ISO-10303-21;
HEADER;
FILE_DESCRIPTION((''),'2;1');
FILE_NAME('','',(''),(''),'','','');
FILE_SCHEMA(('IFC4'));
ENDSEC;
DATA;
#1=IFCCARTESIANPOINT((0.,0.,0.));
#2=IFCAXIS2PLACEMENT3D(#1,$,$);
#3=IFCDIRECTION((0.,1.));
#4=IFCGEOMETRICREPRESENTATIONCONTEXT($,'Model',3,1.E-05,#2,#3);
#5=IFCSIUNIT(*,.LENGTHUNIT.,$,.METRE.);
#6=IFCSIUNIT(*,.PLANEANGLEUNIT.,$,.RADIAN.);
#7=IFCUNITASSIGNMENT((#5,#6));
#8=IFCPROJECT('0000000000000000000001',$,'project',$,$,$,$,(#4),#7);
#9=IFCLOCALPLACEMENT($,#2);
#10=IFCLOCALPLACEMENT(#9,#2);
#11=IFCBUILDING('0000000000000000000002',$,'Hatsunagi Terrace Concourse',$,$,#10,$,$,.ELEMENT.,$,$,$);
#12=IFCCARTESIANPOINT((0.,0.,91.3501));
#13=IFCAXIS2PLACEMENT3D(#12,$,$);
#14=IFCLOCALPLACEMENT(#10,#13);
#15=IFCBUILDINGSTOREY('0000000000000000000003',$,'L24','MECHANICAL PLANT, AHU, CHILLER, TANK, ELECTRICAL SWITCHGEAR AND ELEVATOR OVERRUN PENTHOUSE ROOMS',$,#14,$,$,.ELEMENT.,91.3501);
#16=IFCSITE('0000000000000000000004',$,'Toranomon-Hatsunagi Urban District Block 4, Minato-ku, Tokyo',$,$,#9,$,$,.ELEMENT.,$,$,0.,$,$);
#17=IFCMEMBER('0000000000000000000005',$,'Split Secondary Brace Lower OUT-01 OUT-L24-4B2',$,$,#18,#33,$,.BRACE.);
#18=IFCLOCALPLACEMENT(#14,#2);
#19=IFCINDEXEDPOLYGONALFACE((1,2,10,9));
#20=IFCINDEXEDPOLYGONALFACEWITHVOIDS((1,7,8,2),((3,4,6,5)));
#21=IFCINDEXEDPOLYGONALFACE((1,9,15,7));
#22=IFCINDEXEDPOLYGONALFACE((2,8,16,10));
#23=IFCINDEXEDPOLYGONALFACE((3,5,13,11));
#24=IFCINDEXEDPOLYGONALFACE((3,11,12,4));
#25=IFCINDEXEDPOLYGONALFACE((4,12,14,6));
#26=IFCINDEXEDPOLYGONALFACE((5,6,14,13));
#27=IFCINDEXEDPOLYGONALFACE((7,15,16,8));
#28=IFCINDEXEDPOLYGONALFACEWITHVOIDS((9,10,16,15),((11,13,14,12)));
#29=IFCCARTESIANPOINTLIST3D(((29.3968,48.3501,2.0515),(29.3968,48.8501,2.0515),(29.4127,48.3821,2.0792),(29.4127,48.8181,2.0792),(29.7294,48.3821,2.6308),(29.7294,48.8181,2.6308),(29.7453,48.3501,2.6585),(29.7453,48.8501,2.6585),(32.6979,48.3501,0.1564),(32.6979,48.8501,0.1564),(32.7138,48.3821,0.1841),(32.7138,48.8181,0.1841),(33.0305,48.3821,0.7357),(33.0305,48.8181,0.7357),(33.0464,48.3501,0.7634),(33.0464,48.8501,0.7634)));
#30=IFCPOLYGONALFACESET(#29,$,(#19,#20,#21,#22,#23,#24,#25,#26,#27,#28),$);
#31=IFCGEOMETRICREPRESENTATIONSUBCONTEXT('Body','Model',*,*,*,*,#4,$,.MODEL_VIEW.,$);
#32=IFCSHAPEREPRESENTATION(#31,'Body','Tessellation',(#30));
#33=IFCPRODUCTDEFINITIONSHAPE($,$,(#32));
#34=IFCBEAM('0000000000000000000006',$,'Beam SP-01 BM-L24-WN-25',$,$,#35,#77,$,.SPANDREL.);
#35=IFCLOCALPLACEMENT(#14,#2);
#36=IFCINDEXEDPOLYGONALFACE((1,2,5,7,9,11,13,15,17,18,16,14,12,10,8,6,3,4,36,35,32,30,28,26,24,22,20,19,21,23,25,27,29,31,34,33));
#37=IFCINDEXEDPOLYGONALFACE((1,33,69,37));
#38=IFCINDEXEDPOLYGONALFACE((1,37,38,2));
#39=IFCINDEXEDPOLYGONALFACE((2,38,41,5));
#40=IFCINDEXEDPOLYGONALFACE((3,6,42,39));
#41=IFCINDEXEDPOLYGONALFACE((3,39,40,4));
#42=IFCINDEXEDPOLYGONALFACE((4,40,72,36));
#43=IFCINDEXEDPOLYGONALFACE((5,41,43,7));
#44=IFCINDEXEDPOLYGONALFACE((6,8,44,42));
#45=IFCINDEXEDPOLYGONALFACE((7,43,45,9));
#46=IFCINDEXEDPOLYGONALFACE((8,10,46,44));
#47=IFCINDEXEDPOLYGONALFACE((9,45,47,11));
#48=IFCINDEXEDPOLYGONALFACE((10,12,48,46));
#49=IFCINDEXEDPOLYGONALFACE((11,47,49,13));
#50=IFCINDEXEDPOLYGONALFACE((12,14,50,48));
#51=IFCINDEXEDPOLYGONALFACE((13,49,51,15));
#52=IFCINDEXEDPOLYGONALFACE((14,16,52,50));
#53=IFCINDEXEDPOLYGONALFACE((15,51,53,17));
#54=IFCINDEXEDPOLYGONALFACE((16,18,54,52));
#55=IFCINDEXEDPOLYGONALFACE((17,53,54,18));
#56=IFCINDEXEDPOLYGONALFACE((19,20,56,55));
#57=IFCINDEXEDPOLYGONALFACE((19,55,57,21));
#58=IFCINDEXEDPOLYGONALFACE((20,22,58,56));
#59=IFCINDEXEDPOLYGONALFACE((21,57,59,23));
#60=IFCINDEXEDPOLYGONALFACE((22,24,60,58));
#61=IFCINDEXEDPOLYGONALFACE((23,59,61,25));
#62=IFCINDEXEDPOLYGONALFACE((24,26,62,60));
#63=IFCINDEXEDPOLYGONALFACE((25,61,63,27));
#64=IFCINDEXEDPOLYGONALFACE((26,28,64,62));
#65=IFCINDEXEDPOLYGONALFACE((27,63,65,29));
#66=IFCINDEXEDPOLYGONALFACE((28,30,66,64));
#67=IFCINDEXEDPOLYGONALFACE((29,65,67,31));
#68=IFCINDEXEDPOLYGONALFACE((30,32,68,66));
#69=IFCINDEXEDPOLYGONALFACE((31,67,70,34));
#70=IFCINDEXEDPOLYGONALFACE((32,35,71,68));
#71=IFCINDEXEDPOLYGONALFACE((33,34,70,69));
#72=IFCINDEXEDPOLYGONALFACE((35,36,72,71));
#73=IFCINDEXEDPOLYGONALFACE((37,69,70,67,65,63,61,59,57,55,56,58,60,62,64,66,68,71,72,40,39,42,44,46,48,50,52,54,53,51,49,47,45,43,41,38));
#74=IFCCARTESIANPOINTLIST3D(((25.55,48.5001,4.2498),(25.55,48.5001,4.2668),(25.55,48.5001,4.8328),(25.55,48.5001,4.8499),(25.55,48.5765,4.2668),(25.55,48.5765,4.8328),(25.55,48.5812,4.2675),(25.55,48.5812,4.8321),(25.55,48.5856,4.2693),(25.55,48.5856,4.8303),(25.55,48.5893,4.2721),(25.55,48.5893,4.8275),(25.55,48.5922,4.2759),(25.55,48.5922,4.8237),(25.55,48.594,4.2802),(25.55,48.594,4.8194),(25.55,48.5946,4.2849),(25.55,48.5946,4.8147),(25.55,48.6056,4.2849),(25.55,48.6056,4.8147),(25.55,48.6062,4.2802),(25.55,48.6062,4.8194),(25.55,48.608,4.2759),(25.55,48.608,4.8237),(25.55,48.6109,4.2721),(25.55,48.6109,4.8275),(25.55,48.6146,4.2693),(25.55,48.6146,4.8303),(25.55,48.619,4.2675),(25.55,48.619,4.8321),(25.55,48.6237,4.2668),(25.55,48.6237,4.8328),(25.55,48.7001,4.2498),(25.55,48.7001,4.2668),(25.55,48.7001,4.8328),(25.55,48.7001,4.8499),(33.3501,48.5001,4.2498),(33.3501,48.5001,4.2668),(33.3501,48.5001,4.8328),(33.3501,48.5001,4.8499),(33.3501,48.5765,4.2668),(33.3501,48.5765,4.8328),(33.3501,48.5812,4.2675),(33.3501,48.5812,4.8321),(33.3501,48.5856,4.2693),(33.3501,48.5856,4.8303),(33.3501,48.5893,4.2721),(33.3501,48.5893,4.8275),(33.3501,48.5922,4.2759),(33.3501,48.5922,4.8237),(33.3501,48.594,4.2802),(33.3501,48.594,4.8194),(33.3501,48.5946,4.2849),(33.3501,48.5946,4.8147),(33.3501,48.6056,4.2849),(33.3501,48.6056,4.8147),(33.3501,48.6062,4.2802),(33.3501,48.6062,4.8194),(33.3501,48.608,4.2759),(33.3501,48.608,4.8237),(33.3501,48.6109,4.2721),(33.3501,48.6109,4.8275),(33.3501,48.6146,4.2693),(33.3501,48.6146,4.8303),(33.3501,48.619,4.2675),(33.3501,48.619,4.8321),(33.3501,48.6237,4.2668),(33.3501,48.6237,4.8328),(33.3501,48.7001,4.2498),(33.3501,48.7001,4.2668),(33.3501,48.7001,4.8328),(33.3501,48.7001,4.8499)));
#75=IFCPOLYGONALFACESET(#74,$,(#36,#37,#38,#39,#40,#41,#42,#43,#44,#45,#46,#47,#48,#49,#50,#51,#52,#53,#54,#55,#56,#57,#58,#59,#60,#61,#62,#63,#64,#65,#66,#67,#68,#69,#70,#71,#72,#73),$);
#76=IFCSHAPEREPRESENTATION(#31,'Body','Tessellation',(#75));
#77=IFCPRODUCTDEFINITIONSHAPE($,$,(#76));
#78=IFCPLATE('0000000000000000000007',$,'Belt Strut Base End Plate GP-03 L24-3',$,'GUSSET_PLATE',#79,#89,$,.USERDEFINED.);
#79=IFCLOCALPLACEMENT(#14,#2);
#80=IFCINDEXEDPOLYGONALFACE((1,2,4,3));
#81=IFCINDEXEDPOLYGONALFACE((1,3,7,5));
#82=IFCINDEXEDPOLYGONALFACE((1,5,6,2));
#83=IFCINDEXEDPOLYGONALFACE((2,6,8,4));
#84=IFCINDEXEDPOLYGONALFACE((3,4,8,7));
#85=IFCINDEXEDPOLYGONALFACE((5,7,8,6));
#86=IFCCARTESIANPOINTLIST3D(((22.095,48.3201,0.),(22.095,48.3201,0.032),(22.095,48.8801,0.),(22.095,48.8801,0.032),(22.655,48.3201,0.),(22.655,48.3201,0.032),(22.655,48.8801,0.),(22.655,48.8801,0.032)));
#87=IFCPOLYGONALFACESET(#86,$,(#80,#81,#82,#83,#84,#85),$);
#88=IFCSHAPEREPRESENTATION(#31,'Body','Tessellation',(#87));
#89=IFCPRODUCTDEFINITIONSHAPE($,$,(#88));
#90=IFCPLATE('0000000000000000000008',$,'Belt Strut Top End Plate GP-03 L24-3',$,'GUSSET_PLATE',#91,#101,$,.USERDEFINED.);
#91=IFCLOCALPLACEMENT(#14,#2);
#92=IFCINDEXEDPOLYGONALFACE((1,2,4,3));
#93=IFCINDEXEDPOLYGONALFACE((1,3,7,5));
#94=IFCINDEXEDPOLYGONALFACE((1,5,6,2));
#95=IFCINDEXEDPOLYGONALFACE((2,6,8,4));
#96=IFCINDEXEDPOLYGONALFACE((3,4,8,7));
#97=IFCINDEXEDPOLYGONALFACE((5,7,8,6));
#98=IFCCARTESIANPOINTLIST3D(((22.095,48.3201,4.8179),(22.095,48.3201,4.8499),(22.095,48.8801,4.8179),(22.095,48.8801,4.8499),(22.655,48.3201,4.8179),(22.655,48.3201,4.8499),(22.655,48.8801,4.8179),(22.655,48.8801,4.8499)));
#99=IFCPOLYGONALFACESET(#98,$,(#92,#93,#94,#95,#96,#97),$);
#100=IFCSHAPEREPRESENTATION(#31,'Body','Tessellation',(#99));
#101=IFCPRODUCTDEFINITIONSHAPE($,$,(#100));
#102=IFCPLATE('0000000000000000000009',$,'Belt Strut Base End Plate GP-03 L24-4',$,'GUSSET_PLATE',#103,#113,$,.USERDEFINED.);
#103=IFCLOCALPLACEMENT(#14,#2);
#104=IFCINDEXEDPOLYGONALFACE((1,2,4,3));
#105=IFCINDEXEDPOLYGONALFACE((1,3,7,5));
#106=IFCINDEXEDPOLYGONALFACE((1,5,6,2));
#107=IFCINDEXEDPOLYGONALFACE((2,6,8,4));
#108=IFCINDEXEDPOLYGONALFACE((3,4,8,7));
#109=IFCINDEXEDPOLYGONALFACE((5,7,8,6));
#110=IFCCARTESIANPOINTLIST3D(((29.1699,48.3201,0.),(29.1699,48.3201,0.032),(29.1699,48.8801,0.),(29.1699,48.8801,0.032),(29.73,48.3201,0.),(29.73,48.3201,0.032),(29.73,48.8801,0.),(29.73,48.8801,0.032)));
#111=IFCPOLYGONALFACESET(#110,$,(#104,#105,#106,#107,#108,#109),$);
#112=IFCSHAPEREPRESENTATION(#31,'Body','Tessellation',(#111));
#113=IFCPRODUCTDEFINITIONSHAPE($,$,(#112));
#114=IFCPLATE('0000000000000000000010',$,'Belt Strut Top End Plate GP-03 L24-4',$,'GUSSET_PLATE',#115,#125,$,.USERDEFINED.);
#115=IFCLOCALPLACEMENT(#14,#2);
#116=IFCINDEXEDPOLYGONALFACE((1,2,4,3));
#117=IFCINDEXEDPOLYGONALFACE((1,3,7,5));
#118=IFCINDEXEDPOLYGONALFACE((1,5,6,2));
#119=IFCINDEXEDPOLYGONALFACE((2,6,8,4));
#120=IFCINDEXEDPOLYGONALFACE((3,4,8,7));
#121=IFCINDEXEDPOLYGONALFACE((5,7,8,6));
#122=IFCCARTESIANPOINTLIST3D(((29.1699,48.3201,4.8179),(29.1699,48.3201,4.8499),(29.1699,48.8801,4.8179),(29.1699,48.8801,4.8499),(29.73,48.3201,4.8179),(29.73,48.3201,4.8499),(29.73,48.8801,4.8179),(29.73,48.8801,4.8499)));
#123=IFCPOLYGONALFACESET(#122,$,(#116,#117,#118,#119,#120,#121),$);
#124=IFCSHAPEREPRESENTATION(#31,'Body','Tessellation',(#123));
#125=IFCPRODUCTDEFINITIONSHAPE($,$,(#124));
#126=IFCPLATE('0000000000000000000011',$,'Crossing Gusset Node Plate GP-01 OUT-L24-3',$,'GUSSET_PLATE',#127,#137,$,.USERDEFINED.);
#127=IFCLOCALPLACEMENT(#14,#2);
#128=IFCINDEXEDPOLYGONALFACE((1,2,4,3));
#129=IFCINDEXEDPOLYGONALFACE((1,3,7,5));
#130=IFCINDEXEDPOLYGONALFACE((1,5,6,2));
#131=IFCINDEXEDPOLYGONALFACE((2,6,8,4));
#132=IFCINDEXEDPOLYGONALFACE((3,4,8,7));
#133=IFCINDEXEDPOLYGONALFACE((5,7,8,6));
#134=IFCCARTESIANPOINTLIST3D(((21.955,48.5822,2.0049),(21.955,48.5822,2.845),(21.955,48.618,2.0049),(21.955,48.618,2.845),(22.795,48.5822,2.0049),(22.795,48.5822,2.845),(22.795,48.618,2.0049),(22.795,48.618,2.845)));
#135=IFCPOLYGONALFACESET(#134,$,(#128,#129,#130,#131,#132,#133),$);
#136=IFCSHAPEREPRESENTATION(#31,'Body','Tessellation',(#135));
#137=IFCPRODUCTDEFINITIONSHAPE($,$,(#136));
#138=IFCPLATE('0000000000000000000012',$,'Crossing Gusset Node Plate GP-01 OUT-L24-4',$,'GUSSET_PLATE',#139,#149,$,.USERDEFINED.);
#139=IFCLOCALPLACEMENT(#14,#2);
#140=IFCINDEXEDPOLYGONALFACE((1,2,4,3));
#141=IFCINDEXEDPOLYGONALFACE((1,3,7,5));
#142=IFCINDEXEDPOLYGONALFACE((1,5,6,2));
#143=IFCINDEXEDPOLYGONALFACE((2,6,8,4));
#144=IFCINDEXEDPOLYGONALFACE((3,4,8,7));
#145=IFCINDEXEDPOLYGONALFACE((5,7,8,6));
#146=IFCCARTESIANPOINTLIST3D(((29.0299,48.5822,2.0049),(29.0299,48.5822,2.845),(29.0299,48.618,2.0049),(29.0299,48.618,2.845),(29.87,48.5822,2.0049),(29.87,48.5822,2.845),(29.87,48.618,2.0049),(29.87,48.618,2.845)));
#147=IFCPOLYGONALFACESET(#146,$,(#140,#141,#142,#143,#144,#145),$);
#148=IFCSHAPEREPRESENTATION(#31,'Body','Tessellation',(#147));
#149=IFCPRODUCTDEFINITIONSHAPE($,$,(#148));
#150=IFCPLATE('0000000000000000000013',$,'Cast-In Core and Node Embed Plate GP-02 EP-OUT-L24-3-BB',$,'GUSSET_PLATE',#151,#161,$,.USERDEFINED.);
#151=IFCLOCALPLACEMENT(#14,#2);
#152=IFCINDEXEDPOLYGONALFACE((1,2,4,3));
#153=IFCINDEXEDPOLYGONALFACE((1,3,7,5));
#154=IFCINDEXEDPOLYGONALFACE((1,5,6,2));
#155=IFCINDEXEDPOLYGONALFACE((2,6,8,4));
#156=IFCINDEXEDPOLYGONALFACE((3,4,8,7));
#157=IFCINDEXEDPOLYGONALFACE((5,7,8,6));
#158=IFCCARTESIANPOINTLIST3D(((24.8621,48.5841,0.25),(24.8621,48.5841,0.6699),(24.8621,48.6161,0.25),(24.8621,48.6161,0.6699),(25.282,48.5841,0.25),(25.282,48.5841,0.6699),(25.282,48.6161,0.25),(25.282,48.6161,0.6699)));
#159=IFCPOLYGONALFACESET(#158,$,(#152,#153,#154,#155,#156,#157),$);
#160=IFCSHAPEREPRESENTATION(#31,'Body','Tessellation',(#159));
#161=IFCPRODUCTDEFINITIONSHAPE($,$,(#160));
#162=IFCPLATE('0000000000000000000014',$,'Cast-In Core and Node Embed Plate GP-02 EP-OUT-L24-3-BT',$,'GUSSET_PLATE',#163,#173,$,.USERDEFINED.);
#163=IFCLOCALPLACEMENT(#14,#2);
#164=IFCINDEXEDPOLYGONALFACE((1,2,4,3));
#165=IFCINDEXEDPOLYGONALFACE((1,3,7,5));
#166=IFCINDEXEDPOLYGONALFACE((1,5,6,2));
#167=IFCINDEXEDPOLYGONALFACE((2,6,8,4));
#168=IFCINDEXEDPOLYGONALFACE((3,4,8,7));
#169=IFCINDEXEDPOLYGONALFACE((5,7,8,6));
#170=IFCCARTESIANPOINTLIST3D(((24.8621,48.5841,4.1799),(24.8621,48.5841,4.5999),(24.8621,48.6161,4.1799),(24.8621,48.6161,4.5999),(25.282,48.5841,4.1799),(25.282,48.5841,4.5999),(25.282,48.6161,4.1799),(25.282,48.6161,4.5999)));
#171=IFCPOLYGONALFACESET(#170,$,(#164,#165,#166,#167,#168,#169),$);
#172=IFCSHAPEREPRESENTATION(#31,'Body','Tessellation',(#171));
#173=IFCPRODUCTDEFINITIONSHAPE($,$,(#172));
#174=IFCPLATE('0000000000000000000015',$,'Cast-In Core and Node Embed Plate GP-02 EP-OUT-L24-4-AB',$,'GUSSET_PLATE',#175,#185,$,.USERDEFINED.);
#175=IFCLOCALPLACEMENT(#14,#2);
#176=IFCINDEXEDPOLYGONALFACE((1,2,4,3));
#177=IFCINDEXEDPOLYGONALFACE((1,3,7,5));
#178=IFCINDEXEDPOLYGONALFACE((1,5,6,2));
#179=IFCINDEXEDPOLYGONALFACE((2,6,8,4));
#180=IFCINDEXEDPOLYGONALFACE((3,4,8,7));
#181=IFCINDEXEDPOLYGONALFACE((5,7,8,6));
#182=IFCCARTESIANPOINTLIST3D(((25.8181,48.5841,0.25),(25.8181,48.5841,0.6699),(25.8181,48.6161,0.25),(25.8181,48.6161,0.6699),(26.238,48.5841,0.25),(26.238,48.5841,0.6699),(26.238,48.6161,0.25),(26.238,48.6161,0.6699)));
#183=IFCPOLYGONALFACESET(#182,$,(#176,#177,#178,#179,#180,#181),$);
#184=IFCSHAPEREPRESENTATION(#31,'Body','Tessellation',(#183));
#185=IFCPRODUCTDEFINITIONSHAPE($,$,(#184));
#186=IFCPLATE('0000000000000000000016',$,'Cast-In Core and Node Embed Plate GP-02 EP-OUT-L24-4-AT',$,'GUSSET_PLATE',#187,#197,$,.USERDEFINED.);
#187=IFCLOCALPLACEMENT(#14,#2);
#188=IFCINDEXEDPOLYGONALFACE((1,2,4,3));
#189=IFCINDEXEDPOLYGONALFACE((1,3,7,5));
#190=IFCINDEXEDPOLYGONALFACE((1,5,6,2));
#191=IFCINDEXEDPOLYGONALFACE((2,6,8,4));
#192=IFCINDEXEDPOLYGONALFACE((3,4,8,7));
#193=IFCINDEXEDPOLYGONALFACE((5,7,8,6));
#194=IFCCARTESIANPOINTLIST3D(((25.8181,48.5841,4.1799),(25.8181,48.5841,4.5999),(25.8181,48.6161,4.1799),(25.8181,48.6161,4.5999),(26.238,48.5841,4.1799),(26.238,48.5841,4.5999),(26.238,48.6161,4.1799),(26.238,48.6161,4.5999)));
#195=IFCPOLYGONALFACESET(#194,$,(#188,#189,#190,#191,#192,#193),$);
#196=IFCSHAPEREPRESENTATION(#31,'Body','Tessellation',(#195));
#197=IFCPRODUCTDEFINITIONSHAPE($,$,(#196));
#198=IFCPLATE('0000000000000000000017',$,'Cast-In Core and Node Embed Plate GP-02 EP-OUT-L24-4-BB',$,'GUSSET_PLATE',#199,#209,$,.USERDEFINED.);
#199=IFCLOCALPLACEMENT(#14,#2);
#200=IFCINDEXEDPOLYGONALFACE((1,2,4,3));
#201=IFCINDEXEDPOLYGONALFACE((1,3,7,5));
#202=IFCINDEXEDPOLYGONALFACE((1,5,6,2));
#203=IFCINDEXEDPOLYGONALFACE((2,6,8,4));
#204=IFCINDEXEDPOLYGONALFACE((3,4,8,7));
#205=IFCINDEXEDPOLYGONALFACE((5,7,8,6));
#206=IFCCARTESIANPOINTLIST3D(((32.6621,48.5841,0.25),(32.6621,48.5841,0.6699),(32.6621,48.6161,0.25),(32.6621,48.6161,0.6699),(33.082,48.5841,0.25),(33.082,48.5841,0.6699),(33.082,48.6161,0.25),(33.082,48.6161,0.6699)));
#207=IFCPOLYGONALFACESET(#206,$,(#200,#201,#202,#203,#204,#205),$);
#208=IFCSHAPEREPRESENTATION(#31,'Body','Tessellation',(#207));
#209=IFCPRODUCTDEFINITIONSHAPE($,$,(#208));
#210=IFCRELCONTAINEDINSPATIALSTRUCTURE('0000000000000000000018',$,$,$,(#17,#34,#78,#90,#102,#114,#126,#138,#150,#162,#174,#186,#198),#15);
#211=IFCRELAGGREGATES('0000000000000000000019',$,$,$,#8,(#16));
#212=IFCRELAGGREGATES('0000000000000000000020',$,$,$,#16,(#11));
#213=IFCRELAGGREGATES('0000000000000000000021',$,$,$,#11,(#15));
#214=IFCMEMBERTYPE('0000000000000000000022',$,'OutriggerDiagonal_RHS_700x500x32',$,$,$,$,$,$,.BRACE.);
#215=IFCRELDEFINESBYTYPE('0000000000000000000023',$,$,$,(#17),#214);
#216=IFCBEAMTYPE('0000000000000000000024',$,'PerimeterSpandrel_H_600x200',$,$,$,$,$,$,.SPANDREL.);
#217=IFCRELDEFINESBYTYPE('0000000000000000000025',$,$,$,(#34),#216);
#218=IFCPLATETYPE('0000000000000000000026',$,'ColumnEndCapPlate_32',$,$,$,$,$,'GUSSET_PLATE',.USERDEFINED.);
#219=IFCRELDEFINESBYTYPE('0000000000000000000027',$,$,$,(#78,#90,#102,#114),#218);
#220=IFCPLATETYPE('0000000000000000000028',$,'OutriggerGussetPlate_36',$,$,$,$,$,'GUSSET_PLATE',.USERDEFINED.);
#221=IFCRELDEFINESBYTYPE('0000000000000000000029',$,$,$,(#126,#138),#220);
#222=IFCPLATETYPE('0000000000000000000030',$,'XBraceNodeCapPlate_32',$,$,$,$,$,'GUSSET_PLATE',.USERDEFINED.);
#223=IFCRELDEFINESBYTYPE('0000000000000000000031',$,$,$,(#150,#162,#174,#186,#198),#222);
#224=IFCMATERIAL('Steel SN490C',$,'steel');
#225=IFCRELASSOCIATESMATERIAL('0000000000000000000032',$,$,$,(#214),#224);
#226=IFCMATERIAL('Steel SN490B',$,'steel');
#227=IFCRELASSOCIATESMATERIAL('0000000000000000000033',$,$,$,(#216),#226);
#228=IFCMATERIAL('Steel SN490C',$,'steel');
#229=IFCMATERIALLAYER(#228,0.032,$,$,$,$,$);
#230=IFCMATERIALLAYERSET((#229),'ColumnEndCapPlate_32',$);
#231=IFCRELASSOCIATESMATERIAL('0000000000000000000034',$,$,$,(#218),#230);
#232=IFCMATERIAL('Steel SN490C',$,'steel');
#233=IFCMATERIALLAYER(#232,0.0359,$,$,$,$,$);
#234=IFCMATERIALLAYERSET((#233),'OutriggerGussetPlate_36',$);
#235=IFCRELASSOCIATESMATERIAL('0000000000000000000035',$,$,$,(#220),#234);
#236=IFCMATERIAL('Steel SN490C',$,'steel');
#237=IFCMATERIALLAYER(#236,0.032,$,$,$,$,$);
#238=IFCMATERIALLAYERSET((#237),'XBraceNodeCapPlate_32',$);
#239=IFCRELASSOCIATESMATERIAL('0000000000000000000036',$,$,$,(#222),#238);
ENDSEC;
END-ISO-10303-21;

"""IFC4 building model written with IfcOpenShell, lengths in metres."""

from ifc_helpers import new_model, si_unit, direction, frame, origin, origin_2d, place, context, subcontext, project, spatial, rectangle, hollow_rectangle, i_section, extrude, material, layer, layer_set, material_profile, profile_set, type_object, element, save


model = new_model("IFC4")

# Units and contexts
model_context = context("Model", 3, precision=1e-05, world=origin(), true_north=direction((0.0, 1.0)))
body_context = subcontext(model_context, "Body", "Model", "MODEL_VIEW")
ifc_project = project(units=[si_unit("LENGTHUNIT", "METRE"), si_unit("PLANEANGLEUNIT", "RADIAN")], contexts=[model_context])

# Site, building, storey
site_placement = place(None, origin())
site = spatial("IfcSite", under=ifc_project, at=site_placement, Name="Toranomon-Hatsunagi Urban District Block 4, Minato-ku, Tokyo", CompositionType="ELEMENT", RefElevation=0.0)
building_placement = place(site_placement, origin())
building = spatial("IfcBuilding", under=site, at=building_placement, Name="Hatsunagi Terrace Concourse", CompositionType="ELEMENT")
storey_placement = place(building_placement, frame((0.0, 0.0, 91.3501)))
storey = spatial("IfcBuildingStorey", under=building, at=storey_placement, Name="L24", Description="MECHANICAL PLANT, AHU, CHILLER, TANK, ELECTRICAL SWITCHGEAR AND ELEVATOR OVERRUN PENTHOUSE ROOMS", CompositionType="ELEMENT", Elevation=91.3501)

# Member
ifc_material_1 = material(Name="Steel SN490C", Category="steel")
ifc_material_profile_1 = material_profile(ifc_material_1, hollow_rectangle(XDim=0.5, YDim=0.7, WallThickness=0.032, at=origin_2d()), Name="RHS-700x500x32")
ifc_profile_set_1 = profile_set([ifc_material_profile_1], Name="Steel SN490C")
member_type_1 = type_object("IfcMemberType", Name="OutriggerDiagonal_RHS_700x500x32", PredefinedType="BRACE", material=ifc_profile_set_1)
for number, where, z_axis, x_axis, name in (
    (1, (29.571, 48.6001, 2.355), (0.867255, 0.0, -0.497865), (0.0, 1.0, 0.0), "Split Secondary Brace Lower OUT-01 OUT-L24-4B2"),
):
    element("IfcMember", number, at=place(storey_placement, frame(where, z_axis=z_axis, x_axis=x_axis)), inside=storey, type_object=member_type_1, Name=name, PredefinedType="BRACE", context=body_context, shape_type="SweptSolid", body=[
        extrude(hollow_rectangle(XDim=0.5, YDim=0.7, WallThickness=0.032, at=origin_2d()), origin(), (0.0, 0.0, 1.0), 3.8064),
    ])

# Beam
ifc_material_2 = material(Name="Steel SN490B", Category="steel")
ifc_material_profile_2 = material_profile(ifc_material_2, i_section(OverallWidth=0.2, OverallDepth=0.6001, WebThickness=0.011, FlangeThickness=0.0171, FilletRadius=0.0181, at=origin_2d()), Name="H-600x200x11x17")
ifc_profile_set_2 = profile_set([ifc_material_profile_2], Name="Steel SN490B")
beam_type = type_object("IfcBeamType", Name="PerimeterSpandrel_H_600x200", PredefinedType="SPANDREL", material=ifc_profile_set_2)
beam_placement = place(storey_placement, frame((25.55, 48.6001, 4.5498), z_axis=(1.0, 0.0, 0.0), x_axis=(0.0, 1.0, 0.0)))
element("IfcBeam", 2, at=beam_placement, inside=storey, type_object=beam_type, Name="Beam SP-01 BM-L24-WN-25", PredefinedType="SPANDREL", context=body_context, shape_type="SweptSolid", body=[
    extrude(i_section(OverallWidth=0.2, OverallDepth=0.6001, WebThickness=0.011, FlangeThickness=0.0171, FilletRadius=0.0181, at=origin_2d()), origin(), (0.0, 0.0, 1.0), 7.8),
])

# Plates
ifc_material_3 = material(Name="Steel SN490C", Category="steel")
ifc_layer_1 = layer(ifc_material_3, 0.032)
ifc_layer_set_1 = layer_set([ifc_layer_1], Name="ColumnEndCapPlate_32")
plate_type_1 = type_object("IfcPlateType", Name="ColumnEndCapPlate_32", ElementType="GUSSET_PLATE", PredefinedType="USERDEFINED", material=ifc_layer_set_1)
for number, where, z_axis, x_axis, name in (
    (3, (22.375, 48.6001, 0.0), (0.0, 0.0, 1.0), (1.0, 0.0, 0.0), "Belt Strut Base End Plate GP-03 L24-3"),
    (4, (22.375, 48.6001, 4.8179), (0.0, 0.0, 1.0), (1.0, 0.0, 0.0), "Belt Strut Top End Plate GP-03 L24-3"),
    (5, (29.45, 48.6001, 0.0), (0.0, 0.0, 1.0), (1.0, 0.0, 0.0), "Belt Strut Base End Plate GP-03 L24-4"),
    (6, (29.45, 48.6001, 4.8179), (0.0, 0.0, 1.0), (1.0, 0.0, 0.0), "Belt Strut Top End Plate GP-03 L24-4"),
):
    element("IfcPlate", number, at=place(storey_placement, frame(where, z_axis=z_axis, x_axis=x_axis)), inside=storey, type_object=plate_type_1, Name=name, ObjectType="GUSSET_PLATE", PredefinedType="USERDEFINED", context=body_context, shape_type="SweptSolid", body=[
        extrude(rectangle(XDim=0.5601, YDim=0.5601, at=origin_2d()), origin(), (0.0, 0.0, 1.0), 0.032),
    ])
ifc_material_4 = material(Name="Steel SN490C", Category="steel")
ifc_layer_2 = layer(ifc_material_4, 0.0359)
ifc_layer_set_2 = layer_set([ifc_layer_2], Name="OutriggerGussetPlate_36")
plate_type_2 = type_object("IfcPlateType", Name="OutriggerGussetPlate_36", ElementType="GUSSET_PLATE", PredefinedType="USERDEFINED", material=ifc_layer_set_2)
for number, where, z_axis, x_axis, name in (
    (7, (22.375, 48.6001, 2.0049), (0.0, 0.0, 1.0), (1.0, 0.0, 0.0), "Crossing Gusset Node Plate GP-01 OUT-L24-3"),
    (8, (29.45, 48.6001, 2.0049), (0.0, 0.0, 1.0), (1.0, 0.0, 0.0), "Crossing Gusset Node Plate GP-01 OUT-L24-4"),
):
    element("IfcPlate", number, at=place(storey_placement, frame(where, z_axis=z_axis, x_axis=x_axis)), inside=storey, type_object=plate_type_2, Name=name, ObjectType="GUSSET_PLATE", PredefinedType="USERDEFINED", context=body_context, shape_type="SweptSolid", body=[
        extrude(rectangle(XDim=0.8401, YDim=0.0359, at=origin_2d()), origin(), (0.0, 0.0, 1.0), 0.8401),
    ])
ifc_material_5 = material(Name="Steel SN490C", Category="steel")
ifc_layer_3 = layer(ifc_material_5, 0.032)
ifc_layer_set_3 = layer_set([ifc_layer_3], Name="XBraceNodeCapPlate_32")
plate_type_3 = type_object("IfcPlateType", Name="XBraceNodeCapPlate_32", ElementType="GUSSET_PLATE", PredefinedType="USERDEFINED", material=ifc_layer_set_3)
for number, where, z_axis, x_axis, name in (
    (9, (25.072, 48.6001, 0.25), (0.0, 0.0, 1.0), (1.0, 0.0, 0.0), "Cast-In Core and Node Embed Plate GP-02 EP-OUT-L24-3-BB"),
    (10, (25.072, 48.6001, 4.1799), (0.0, 0.0, 1.0), (1.0, 0.0, 0.0), "Cast-In Core and Node Embed Plate GP-02 EP-OUT-L24-3-BT"),
    (11, (26.0281, 48.6001, 0.25), (0.0, 0.0, 1.0), (1.0, 0.0, 0.0), "Cast-In Core and Node Embed Plate GP-02 EP-OUT-L24-4-AB"),
    (12, (26.0281, 48.6001, 4.1799), (0.0, 0.0, 1.0), (1.0, 0.0, 0.0), "Cast-In Core and Node Embed Plate GP-02 EP-OUT-L24-4-AT"),
    (13, (32.8721, 48.6001, 0.25), (0.0, 0.0, 1.0), (1.0, 0.0, 0.0), "Cast-In Core and Node Embed Plate GP-02 EP-OUT-L24-4-BB"),
):
    element("IfcPlate", number, at=place(storey_placement, frame(where, z_axis=z_axis, x_axis=x_axis)), inside=storey, type_object=plate_type_3, Name=name, ObjectType="GUSSET_PLATE", PredefinedType="USERDEFINED", context=body_context, shape_type="SweptSolid", body=[
        extrude(rectangle(XDim=0.4199, YDim=0.032, at=origin_2d()), origin(), (0.0, 0.0, 1.0), 0.4199),
    ])

save(model, "model.ifc")
